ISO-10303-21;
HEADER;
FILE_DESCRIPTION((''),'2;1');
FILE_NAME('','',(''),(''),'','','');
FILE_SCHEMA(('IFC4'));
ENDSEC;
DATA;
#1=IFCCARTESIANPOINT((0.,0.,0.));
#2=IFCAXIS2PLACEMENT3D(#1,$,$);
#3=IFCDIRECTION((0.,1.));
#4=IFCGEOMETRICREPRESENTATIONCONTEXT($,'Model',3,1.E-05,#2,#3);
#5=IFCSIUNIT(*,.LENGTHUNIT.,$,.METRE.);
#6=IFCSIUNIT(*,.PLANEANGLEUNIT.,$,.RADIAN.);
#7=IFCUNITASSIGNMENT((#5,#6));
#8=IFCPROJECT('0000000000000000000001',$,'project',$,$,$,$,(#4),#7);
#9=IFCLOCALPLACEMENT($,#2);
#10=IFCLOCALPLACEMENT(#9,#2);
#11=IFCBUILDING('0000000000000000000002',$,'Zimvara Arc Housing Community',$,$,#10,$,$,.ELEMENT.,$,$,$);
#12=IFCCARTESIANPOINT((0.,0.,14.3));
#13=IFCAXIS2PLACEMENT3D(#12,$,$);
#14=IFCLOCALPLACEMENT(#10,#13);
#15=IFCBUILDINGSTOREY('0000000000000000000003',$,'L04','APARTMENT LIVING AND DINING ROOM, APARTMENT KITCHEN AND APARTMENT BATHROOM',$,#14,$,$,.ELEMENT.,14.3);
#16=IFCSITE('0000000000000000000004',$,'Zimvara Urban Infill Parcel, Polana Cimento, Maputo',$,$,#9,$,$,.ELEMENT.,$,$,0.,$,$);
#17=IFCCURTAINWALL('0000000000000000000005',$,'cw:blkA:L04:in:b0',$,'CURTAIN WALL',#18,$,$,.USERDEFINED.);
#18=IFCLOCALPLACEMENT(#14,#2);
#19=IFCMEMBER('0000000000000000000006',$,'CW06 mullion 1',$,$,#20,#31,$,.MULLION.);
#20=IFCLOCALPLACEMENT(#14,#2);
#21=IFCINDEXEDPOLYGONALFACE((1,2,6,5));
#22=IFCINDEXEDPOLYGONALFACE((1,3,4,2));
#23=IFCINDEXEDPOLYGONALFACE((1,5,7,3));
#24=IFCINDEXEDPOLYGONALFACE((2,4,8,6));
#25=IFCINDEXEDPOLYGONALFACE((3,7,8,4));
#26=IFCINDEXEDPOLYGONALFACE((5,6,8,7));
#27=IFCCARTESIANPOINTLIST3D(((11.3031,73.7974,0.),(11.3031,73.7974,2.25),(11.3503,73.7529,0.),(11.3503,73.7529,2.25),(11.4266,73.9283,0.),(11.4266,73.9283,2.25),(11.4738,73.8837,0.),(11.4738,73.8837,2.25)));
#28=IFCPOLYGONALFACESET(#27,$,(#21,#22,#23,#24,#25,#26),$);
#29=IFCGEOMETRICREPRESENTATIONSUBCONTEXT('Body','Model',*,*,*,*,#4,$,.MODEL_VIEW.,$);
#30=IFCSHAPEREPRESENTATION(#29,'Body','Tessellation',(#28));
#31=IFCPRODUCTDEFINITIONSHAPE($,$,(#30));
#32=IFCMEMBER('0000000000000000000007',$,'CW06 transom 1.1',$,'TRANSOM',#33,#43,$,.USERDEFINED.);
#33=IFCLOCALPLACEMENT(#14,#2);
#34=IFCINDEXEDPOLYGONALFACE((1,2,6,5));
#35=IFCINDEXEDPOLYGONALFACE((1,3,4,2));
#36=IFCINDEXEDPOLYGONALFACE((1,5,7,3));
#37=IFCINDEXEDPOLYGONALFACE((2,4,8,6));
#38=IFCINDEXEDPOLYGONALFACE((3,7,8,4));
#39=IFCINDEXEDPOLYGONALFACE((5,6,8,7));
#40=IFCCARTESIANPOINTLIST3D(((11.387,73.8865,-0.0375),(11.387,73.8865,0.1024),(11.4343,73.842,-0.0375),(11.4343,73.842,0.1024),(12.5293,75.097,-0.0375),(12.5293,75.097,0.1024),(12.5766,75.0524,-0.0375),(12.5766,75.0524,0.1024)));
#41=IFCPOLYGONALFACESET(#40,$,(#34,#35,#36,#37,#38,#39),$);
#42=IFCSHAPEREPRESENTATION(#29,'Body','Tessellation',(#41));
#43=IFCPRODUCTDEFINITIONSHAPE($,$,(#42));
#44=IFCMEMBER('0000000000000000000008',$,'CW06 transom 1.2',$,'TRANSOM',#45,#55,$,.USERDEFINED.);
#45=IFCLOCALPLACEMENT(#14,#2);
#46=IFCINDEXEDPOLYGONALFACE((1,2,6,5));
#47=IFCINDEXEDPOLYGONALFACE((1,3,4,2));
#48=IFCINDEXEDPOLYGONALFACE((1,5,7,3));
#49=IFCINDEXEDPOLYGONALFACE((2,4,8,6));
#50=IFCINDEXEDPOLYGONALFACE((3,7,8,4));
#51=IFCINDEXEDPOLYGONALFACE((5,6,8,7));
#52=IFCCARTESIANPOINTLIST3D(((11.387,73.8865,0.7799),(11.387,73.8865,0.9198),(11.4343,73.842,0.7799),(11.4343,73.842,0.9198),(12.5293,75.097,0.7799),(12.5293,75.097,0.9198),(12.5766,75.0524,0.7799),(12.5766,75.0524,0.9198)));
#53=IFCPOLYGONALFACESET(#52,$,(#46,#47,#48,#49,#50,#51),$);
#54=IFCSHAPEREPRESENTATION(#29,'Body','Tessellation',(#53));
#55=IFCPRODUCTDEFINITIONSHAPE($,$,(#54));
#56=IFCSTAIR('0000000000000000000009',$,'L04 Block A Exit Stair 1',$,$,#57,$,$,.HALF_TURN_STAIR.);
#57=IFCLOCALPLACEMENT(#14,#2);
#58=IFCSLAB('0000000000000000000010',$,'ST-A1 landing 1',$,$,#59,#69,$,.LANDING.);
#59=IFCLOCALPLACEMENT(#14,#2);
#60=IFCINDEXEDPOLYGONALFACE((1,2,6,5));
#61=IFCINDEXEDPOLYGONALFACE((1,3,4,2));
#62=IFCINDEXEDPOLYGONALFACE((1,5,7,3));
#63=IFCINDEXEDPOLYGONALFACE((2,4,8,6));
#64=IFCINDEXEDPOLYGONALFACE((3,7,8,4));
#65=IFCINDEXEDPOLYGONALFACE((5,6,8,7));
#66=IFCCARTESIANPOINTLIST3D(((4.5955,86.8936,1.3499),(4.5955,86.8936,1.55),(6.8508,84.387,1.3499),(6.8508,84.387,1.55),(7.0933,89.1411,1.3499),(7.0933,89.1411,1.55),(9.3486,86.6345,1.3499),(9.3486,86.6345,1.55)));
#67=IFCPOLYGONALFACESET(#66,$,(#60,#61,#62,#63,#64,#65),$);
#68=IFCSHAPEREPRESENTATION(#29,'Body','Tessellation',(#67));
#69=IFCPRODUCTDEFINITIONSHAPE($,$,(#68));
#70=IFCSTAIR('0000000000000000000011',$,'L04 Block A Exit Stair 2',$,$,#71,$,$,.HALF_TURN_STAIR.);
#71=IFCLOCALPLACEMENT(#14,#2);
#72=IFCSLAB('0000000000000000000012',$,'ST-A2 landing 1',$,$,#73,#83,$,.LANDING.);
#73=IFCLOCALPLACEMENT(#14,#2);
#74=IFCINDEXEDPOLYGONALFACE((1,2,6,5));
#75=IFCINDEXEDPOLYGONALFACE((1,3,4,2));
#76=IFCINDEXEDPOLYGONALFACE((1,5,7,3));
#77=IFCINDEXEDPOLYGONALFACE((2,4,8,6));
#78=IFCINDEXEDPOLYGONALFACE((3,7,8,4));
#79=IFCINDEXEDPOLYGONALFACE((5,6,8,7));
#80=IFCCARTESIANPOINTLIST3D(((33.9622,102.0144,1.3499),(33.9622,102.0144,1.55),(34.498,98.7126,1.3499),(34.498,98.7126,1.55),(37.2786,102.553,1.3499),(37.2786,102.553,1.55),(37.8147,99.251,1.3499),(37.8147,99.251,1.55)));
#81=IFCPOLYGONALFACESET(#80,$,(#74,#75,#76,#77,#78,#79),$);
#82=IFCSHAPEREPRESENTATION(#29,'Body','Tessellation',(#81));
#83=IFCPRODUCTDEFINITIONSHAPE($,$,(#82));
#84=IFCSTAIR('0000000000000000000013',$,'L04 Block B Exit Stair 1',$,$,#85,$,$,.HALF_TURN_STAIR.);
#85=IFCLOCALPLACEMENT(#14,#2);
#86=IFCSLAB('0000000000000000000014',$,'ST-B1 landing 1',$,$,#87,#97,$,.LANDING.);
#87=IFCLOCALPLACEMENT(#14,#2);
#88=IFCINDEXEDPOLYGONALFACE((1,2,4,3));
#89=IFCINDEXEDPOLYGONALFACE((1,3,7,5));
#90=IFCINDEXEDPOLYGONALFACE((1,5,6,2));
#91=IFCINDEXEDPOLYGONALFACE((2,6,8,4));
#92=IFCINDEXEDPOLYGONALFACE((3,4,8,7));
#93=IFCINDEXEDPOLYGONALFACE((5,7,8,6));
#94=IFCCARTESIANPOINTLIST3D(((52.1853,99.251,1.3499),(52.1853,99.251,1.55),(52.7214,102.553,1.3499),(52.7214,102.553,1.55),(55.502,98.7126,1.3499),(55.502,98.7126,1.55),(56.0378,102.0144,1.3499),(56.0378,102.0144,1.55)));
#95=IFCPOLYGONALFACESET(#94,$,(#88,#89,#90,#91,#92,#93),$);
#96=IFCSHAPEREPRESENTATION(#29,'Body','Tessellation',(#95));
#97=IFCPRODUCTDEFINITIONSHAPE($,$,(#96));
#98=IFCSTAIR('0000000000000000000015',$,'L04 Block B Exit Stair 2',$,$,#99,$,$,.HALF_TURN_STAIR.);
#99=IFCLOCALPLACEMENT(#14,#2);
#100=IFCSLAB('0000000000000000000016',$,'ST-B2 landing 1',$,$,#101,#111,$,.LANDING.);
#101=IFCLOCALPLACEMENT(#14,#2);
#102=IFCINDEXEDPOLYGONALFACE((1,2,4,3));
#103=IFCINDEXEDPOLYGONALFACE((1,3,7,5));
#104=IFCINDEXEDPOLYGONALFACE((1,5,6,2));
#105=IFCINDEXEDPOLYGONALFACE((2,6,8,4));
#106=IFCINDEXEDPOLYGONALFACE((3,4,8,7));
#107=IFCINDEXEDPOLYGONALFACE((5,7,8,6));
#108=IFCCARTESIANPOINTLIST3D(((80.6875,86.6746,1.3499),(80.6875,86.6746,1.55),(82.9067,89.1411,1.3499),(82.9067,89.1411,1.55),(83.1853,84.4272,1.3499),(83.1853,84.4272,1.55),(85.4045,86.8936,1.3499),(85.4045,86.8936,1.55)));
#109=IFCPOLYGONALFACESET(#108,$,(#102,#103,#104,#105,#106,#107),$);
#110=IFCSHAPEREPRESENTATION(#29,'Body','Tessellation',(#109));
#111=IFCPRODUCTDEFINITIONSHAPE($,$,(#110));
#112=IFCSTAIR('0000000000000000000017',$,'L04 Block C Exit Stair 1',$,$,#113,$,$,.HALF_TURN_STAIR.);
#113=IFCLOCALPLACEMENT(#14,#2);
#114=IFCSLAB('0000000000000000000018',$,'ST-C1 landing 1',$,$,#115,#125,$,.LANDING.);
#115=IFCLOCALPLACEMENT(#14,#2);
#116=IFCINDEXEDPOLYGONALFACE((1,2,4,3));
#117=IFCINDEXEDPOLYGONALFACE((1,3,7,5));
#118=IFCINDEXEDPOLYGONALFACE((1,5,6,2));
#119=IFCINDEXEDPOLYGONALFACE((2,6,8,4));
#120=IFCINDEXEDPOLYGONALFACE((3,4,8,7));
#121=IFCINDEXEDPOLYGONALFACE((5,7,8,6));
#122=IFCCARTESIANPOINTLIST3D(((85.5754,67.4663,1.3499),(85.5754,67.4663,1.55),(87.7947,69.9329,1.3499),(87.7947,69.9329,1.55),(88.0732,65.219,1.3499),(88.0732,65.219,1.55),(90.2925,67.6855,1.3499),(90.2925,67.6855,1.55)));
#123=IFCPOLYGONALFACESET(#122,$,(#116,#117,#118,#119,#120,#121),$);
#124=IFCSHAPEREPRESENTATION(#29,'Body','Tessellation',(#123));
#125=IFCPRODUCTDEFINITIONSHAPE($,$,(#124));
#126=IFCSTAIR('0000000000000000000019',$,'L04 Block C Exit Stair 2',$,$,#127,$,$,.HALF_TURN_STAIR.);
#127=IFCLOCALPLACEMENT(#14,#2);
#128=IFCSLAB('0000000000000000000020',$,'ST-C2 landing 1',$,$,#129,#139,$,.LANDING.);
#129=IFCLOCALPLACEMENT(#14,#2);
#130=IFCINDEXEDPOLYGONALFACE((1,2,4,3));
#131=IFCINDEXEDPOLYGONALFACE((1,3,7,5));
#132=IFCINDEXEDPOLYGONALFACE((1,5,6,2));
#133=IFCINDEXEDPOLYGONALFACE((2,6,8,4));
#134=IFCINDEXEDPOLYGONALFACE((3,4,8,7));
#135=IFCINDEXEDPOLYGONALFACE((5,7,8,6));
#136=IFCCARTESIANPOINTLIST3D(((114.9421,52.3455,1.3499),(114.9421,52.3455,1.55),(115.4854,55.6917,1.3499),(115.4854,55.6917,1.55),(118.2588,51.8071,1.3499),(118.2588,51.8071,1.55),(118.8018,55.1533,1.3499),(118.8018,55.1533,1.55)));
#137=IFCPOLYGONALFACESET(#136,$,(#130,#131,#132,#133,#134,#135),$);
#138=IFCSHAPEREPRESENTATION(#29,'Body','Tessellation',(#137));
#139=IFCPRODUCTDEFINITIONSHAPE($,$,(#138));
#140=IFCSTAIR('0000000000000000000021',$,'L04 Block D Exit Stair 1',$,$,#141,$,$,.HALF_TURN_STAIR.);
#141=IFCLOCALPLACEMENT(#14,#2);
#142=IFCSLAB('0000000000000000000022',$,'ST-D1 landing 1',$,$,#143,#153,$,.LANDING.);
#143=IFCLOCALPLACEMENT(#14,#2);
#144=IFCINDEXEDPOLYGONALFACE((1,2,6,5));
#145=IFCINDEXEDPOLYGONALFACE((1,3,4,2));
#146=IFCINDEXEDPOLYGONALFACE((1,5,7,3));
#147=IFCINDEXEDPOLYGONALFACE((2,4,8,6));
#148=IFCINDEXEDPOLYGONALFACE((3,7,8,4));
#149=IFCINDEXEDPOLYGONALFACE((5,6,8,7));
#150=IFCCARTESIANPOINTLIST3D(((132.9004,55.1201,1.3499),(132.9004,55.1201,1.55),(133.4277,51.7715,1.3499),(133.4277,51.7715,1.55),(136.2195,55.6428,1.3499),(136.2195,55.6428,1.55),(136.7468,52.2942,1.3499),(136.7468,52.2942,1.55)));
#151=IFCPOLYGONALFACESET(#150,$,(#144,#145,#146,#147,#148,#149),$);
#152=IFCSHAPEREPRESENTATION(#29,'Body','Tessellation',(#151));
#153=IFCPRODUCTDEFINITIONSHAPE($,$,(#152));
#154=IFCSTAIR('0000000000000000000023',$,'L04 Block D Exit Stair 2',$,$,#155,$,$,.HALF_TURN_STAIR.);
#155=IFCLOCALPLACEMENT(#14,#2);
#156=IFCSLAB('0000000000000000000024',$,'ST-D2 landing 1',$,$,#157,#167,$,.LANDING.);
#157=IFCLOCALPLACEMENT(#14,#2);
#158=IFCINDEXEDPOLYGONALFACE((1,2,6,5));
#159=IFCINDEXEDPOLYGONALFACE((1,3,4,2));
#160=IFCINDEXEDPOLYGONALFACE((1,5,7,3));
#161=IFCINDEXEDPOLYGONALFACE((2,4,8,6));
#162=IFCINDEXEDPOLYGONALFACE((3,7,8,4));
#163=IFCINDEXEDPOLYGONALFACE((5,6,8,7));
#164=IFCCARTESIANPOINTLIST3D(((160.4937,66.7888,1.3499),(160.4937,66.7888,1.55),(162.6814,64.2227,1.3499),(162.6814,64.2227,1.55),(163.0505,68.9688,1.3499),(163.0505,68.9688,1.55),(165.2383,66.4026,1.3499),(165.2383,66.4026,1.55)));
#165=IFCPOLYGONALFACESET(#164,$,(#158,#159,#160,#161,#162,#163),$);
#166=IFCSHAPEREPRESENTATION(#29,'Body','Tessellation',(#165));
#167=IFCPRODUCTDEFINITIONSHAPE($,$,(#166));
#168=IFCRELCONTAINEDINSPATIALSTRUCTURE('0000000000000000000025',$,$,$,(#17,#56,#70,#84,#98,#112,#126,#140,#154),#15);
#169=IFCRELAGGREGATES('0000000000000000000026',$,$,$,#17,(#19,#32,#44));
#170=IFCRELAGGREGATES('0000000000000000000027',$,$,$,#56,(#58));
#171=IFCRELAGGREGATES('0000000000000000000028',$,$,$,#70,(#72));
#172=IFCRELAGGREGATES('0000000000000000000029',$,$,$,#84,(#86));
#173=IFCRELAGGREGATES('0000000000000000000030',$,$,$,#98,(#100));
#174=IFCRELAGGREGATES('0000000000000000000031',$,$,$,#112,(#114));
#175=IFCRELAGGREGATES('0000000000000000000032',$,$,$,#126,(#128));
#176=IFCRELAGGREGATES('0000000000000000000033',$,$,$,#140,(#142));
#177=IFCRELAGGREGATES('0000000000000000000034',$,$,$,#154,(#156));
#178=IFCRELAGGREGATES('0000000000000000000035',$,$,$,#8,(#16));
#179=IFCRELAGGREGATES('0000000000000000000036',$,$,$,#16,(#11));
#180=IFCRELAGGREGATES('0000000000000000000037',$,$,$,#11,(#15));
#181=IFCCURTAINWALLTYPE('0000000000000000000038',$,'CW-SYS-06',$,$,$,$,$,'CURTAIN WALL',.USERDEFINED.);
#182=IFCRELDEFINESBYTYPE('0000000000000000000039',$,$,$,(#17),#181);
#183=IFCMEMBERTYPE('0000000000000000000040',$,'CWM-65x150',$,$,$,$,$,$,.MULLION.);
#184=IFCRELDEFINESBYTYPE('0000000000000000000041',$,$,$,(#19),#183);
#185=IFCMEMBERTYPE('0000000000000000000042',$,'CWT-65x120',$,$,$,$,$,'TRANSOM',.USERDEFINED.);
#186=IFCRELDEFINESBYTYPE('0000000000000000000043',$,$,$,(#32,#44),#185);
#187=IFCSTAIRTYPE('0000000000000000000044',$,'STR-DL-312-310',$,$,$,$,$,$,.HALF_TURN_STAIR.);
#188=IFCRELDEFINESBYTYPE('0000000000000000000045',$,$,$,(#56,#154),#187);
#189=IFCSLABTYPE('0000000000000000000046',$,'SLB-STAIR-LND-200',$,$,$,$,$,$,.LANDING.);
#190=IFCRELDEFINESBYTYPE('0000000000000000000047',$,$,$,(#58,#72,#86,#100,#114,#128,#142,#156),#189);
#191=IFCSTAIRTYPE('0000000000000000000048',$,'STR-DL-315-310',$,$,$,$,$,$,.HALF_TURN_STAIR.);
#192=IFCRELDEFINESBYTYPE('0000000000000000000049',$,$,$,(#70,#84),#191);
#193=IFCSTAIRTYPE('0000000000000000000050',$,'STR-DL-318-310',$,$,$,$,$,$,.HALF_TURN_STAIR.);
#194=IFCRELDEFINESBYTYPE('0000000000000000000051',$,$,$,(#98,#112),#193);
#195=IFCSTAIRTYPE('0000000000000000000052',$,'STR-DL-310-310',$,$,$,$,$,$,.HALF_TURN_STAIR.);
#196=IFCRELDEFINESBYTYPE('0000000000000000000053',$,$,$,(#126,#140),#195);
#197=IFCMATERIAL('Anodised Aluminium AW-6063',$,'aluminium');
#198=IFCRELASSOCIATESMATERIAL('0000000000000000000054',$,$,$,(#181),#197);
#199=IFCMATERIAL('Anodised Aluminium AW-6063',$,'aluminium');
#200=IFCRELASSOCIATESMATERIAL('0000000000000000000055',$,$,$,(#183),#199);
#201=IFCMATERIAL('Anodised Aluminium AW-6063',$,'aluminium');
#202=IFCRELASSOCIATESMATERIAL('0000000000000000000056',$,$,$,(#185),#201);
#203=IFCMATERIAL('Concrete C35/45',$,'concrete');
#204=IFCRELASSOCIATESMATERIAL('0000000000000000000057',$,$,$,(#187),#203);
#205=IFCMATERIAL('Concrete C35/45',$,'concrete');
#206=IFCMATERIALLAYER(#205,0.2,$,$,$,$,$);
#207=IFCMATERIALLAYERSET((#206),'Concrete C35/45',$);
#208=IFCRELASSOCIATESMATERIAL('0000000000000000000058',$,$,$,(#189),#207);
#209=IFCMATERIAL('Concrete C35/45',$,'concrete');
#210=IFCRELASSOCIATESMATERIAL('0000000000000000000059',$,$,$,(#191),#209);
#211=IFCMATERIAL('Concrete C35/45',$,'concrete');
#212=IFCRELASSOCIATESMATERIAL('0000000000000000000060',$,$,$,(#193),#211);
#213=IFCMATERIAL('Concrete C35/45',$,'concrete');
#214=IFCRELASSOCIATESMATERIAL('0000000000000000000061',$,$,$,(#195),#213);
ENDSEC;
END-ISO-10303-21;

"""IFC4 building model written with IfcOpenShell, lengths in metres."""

from ifc_helpers import new_model, si_unit, direction, frame, origin, origin_2d, place, context, subcontext, project, spatial, polyline, rectangle, outline, extrude, material, layer, layer_set, material_profile, profile_set, type_object, element, aggregate, save


model = new_model("IFC4")

# Units and contexts
model_context = context("Model", 3, precision=1e-05, world=origin(), true_north=direction((0.0, 1.0)))
body_context = subcontext(model_context, "Body", "Model", "MODEL_VIEW")
ifc_project = project(units=[si_unit("LENGTHUNIT", "METRE"), si_unit("PLANEANGLEUNIT", "RADIAN")], contexts=[model_context])

# Site, building, storey
site_placement = place(None, origin())
site = spatial("IfcSite", under=ifc_project, at=site_placement, Name="Zimvara Urban Infill Parcel, Polana Cimento, Maputo", CompositionType="ELEMENT", RefElevation=0.0)
building_placement = place(site_placement, origin())
building = spatial("IfcBuilding", under=site, at=building_placement, Name="Zimvara Arc Housing Community", CompositionType="ELEMENT")
storey_placement = place(building_placement, frame((0.0, 0.0, 14.3)))
storey = spatial("IfcBuildingStorey", under=building, at=storey_placement, Name="L04", Description="APARTMENT LIVING AND DINING ROOM, APARTMENT KITCHEN AND APARTMENT BATHROOM", CompositionType="ELEMENT", Elevation=14.3)

# Curtain wall, members
ifc_material_1 = material(Name="Anodised Aluminium AW-6063", Category="aluminium")
curtain_wall_type = type_object("IfcCurtainWallType", Name="CW-SYS-06", ElementType="CURTAIN WALL", PredefinedType="USERDEFINED", material=ifc_material_1)
curtain_wall_placement = place(storey_placement, origin())
curtain_wall = element("IfcCurtainWall", 1, at=curtain_wall_placement, inside=storey, type_object=curtain_wall_type, Name="cw:blkA:L04:in:b0", ObjectType="CURTAIN WALL", PredefinedType="USERDEFINED")
ifc_material_2 = material(Name="Anodised Aluminium AW-6063", Category="aluminium")
ifc_material_profile_1 = material_profile(ifc_material_2, rectangle(XDim=0.0649, YDim=0.1799, at=origin_2d()), Name="ALU 65x180")
ifc_profile_set_1 = profile_set([ifc_material_profile_1], Name="Anodised Aluminium AW-6063")
member_type_1 = type_object("IfcMemberType", Name="CWM-65x150", PredefinedType="MULLION", material=ifc_profile_set_1)
member_1_placement = place(storey_placement, frame((11.3884, 73.8406, 0.0), z_axis=(0.0, 0.0, 1.0), x_axis=(-0.727293, 0.686327, 0.0)))
member_1 = element("IfcMember", 2, at=member_1_placement, type_object=member_type_1, Name="CW06 mullion 1", PredefinedType="MULLION", context=body_context, shape_type="SweptSolid", body=[
    extrude(rectangle(XDim=0.0649, YDim=0.1799, at=origin_2d()), origin(), (0.0, 0.0, 1.0), 2.25),
])
ifc_material_3 = material(Name="Anodised Aluminium AW-6063", Category="aluminium")
ifc_material_profile_2 = material_profile(ifc_material_3, rectangle(XDim=0.0649, YDim=0.1399, at=origin_2d()), Name="ALU 65x140")
ifc_profile_set_2 = profile_set([ifc_material_profile_2], Name="Anodised Aluminium AW-6063")
member_type_2 = type_object("IfcMemberType", Name="CWT-65x120", ElementType="TRANSOM", PredefinedType="USERDEFINED", material=ifc_profile_set_2)
member_2_placement = place(storey_placement, frame((11.4106, 73.8643, 0.0325), z_axis=(0.686348, 0.727273, 0.0), x_axis=(-0.727273, 0.686348, 0.0)))
member_2 = element("IfcMember", 3, at=member_2_placement, type_object=member_type_2, Name="CW06 transom 1.1", ObjectType="TRANSOM", PredefinedType="USERDEFINED", context=body_context, shape_type="SweptSolid", body=[
    extrude(rectangle(XDim=0.0649, YDim=0.1399, at=origin_2d()), origin(), (0.0, 0.0, 1.0), 1.6643),
])
member_3_placement = place(storey_placement, frame((11.4106, 73.8643, 0.8499), z_axis=(0.686348, 0.727273, 0.0), x_axis=(-0.727273, 0.686348, 0.0)))
member_3 = element("IfcMember", 4, at=member_3_placement, type_object=member_type_2, Name="CW06 transom 1.2", ObjectType="TRANSOM", PredefinedType="USERDEFINED", context=body_context, shape_type="SweptSolid", body=[
    extrude(rectangle(XDim=0.0649, YDim=0.1399, at=origin_2d()), origin(), (0.0, 0.0, 1.0), 1.6643),
])
aggregate(curtain_wall, [member_1, member_2, member_3])

# Stairs, slabs
ifc_material_4 = material(Name="Concrete C35/45", Category="concrete")
stair_type_1 = type_object("IfcStairType", Name="STR-DL-312-310", PredefinedType="HALF_TURN_STAIR", material=ifc_material_4)
stair_1_placement = place(storey_placement, origin())
stair_1 = element("IfcStair", 5, at=stair_1_placement, inside=storey, type_object=stair_type_1, Name="L04 Block A Exit Stair 1", PredefinedType="HALF_TURN_STAIR")
ifc_material_5 = material(Name="Concrete C35/45", Category="concrete")
ifc_layer_1 = layer(ifc_material_5, 0.2)
ifc_layer_set_1 = layer_set([ifc_layer_1], Name="Concrete C35/45")
slab_type_1 = type_object("IfcSlabType", Name="SLB-STAIR-LND-200", PredefinedType="LANDING", material=ifc_layer_set_1)
slab_1_placement = place(storey_placement, frame((0.0, 0.0, 1.3499)))
slab_1 = element("IfcSlab", 6, at=slab_1_placement, type_object=slab_type_1, Name="ST-A1 landing 1", PredefinedType="LANDING", context=body_context, shape_type="SweptSolid", body=[
    extrude(outline(polyline([(9.3486, 86.6345), (7.0933, 89.1411), (4.5955, 86.8936), (6.8508, 84.387), (9.3486, 86.6345)])), origin(), (0.0, 0.0, 1.0), 0.2002),
])
aggregate(stair_1, [slab_1])
ifc_material_6 = material(Name="Concrete C35/45", Category="concrete")
stair_type_2 = type_object("IfcStairType", Name="STR-DL-315-310", PredefinedType="HALF_TURN_STAIR", material=ifc_material_6)
stair_2_placement = place(storey_placement, origin())
stair_2 = element("IfcStair", 7, at=stair_2_placement, inside=storey, type_object=stair_type_2, Name="L04 Block A Exit Stair 2", PredefinedType="HALF_TURN_STAIR")
slab_2_placement = place(storey_placement, frame((0.0, 0.0, 1.3499)))
slab_2 = element("IfcSlab", 8, at=slab_2_placement, type_object=slab_type_1, Name="ST-A2 landing 1", PredefinedType="LANDING", context=body_context, shape_type="SweptSolid", body=[
    extrude(outline(polyline([(37.8147, 99.251), (37.2786, 102.553), (33.9622, 102.0144), (34.498, 98.7126), (37.8147, 99.251)])), origin(), (0.0, 0.0, 1.0), 0.2002),
])
aggregate(stair_2, [slab_2])
stair_3_placement = place(storey_placement, origin())
stair_3 = element("IfcStair", 9, at=stair_3_placement, inside=storey, type_object=stair_type_2, Name="L04 Block B Exit Stair 1", PredefinedType="HALF_TURN_STAIR")
slab_3_placement = place(storey_placement, frame((0.0, 0.0, 1.3499)))
slab_3 = element("IfcSlab", 10, at=slab_3_placement, type_object=slab_type_1, Name="ST-B1 landing 1", PredefinedType="LANDING", context=body_context, shape_type="SweptSolid", body=[
    extrude(outline(polyline([(55.502, 98.7126), (56.0378, 102.0144), (52.7214, 102.553), (52.1853, 99.251), (55.502, 98.7126)])), origin(), (0.0, 0.0, 1.0), 0.2002),
])
aggregate(stair_3, [slab_3])
ifc_material_7 = material(Name="Concrete C35/45", Category="concrete")
stair_type_3 = type_object("IfcStairType", Name="STR-DL-318-310", PredefinedType="HALF_TURN_STAIR", material=ifc_material_7)
stair_4_placement = place(storey_placement, origin())
stair_4 = element("IfcStair", 11, at=stair_4_placement, inside=storey, type_object=stair_type_3, Name="L04 Block B Exit Stair 2", PredefinedType="HALF_TURN_STAIR")
slab_4_placement = place(storey_placement, frame((0.0, 0.0, 1.3499)))
slab_4 = element("IfcSlab", 12, at=slab_4_placement, type_object=slab_type_1, Name="ST-B2 landing 1", PredefinedType="LANDING", context=body_context, shape_type="SweptSolid", body=[
    extrude(outline(polyline([(83.1853, 84.4272), (85.4045, 86.8936), (82.9067, 89.1411), (80.6875, 86.6746), (83.1853, 84.4272)])), origin(), (0.0, 0.0, 1.0), 0.2002),
])
aggregate(stair_4, [slab_4])
stair_5_placement = place(storey_placement, origin())
stair_5 = element("IfcStair", 13, at=stair_5_placement, inside=storey, type_object=stair_type_3, Name="L04 Block C Exit Stair 1", PredefinedType="HALF_TURN_STAIR")
slab_5_placement = place(storey_placement, frame((0.0, 0.0, 1.3499)))
slab_5 = element("IfcSlab", 14, at=slab_5_placement, type_object=slab_type_1, Name="ST-C1 landing 1", PredefinedType="LANDING", context=body_context, shape_type="SweptSolid", body=[
    extrude(outline(polyline([(87.7947, 69.9329), (85.5754, 67.4663), (88.0732, 65.219), (90.2925, 67.6855), (87.7947, 69.9329)])), origin(), (0.0, 0.0, 1.0), 0.2002),
])
aggregate(stair_5, [slab_5])
ifc_material_8 = material(Name="Concrete C35/45", Category="concrete")
stair_type_4 = type_object("IfcStairType", Name="STR-DL-310-310", PredefinedType="HALF_TURN_STAIR", material=ifc_material_8)
stair_6_placement = place(storey_placement, origin())
stair_6 = element("IfcStair", 15, at=stair_6_placement, inside=storey, type_object=stair_type_4, Name="L04 Block C Exit Stair 2", PredefinedType="HALF_TURN_STAIR")
slab_6_placement = place(storey_placement, frame((0.0, 0.0, 1.3499)))
slab_6 = element("IfcSlab", 16, at=slab_6_placement, type_object=slab_type_1, Name="ST-C2 landing 1", PredefinedType="LANDING", context=body_context, shape_type="SweptSolid", body=[
    extrude(outline(polyline([(115.4854, 55.6917), (114.9421, 52.3455), (118.2588, 51.8071), (118.8018, 55.1533), (115.4854, 55.6917)])), origin(), (0.0, 0.0, 1.0), 0.2002),
])
aggregate(stair_6, [slab_6])
stair_7_placement = place(storey_placement, origin())
stair_7 = element("IfcStair", 17, at=stair_7_placement, inside=storey, type_object=stair_type_4, Name="L04 Block D Exit Stair 1", PredefinedType="HALF_TURN_STAIR")
slab_7_placement = place(storey_placement, frame((0.0, 0.0, 1.3499)))
slab_7 = element("IfcSlab", 18, at=slab_7_placement, type_object=slab_type_1, Name="ST-D1 landing 1", PredefinedType="LANDING", context=body_context, shape_type="SweptSolid", body=[
    extrude(outline(polyline([(132.9004, 55.1201), (133.4277, 51.7715), (136.7468, 52.2942), (136.2195, 55.6428), (132.9004, 55.1201)])), origin(), (0.0, 0.0, 1.0), 0.2002),
])
aggregate(stair_7, [slab_7])
stair_8_placement = place(storey_placement, origin())
stair_8 = element("IfcStair", 19, at=stair_8_placement, inside=storey, type_object=stair_type_1, Name="L04 Block D Exit Stair 2", PredefinedType="HALF_TURN_STAIR")
slab_8_placement = place(storey_placement, frame((0.0, 0.0, 1.3499)))
slab_8 = element("IfcSlab", 20, at=slab_8_placement, type_object=slab_type_1, Name="ST-D2 landing 1", PredefinedType="LANDING", context=body_context, shape_type="SweptSolid", body=[
    extrude(outline(polyline([(160.4937, 66.7888), (162.6814, 64.2227), (165.2383, 66.4026), (163.0505, 68.9688), (160.4937, 66.7888)])), origin(), (0.0, 0.0, 1.0), 0.2002),
])
aggregate(stair_8, [slab_8])

save(model, "model.ifc")
